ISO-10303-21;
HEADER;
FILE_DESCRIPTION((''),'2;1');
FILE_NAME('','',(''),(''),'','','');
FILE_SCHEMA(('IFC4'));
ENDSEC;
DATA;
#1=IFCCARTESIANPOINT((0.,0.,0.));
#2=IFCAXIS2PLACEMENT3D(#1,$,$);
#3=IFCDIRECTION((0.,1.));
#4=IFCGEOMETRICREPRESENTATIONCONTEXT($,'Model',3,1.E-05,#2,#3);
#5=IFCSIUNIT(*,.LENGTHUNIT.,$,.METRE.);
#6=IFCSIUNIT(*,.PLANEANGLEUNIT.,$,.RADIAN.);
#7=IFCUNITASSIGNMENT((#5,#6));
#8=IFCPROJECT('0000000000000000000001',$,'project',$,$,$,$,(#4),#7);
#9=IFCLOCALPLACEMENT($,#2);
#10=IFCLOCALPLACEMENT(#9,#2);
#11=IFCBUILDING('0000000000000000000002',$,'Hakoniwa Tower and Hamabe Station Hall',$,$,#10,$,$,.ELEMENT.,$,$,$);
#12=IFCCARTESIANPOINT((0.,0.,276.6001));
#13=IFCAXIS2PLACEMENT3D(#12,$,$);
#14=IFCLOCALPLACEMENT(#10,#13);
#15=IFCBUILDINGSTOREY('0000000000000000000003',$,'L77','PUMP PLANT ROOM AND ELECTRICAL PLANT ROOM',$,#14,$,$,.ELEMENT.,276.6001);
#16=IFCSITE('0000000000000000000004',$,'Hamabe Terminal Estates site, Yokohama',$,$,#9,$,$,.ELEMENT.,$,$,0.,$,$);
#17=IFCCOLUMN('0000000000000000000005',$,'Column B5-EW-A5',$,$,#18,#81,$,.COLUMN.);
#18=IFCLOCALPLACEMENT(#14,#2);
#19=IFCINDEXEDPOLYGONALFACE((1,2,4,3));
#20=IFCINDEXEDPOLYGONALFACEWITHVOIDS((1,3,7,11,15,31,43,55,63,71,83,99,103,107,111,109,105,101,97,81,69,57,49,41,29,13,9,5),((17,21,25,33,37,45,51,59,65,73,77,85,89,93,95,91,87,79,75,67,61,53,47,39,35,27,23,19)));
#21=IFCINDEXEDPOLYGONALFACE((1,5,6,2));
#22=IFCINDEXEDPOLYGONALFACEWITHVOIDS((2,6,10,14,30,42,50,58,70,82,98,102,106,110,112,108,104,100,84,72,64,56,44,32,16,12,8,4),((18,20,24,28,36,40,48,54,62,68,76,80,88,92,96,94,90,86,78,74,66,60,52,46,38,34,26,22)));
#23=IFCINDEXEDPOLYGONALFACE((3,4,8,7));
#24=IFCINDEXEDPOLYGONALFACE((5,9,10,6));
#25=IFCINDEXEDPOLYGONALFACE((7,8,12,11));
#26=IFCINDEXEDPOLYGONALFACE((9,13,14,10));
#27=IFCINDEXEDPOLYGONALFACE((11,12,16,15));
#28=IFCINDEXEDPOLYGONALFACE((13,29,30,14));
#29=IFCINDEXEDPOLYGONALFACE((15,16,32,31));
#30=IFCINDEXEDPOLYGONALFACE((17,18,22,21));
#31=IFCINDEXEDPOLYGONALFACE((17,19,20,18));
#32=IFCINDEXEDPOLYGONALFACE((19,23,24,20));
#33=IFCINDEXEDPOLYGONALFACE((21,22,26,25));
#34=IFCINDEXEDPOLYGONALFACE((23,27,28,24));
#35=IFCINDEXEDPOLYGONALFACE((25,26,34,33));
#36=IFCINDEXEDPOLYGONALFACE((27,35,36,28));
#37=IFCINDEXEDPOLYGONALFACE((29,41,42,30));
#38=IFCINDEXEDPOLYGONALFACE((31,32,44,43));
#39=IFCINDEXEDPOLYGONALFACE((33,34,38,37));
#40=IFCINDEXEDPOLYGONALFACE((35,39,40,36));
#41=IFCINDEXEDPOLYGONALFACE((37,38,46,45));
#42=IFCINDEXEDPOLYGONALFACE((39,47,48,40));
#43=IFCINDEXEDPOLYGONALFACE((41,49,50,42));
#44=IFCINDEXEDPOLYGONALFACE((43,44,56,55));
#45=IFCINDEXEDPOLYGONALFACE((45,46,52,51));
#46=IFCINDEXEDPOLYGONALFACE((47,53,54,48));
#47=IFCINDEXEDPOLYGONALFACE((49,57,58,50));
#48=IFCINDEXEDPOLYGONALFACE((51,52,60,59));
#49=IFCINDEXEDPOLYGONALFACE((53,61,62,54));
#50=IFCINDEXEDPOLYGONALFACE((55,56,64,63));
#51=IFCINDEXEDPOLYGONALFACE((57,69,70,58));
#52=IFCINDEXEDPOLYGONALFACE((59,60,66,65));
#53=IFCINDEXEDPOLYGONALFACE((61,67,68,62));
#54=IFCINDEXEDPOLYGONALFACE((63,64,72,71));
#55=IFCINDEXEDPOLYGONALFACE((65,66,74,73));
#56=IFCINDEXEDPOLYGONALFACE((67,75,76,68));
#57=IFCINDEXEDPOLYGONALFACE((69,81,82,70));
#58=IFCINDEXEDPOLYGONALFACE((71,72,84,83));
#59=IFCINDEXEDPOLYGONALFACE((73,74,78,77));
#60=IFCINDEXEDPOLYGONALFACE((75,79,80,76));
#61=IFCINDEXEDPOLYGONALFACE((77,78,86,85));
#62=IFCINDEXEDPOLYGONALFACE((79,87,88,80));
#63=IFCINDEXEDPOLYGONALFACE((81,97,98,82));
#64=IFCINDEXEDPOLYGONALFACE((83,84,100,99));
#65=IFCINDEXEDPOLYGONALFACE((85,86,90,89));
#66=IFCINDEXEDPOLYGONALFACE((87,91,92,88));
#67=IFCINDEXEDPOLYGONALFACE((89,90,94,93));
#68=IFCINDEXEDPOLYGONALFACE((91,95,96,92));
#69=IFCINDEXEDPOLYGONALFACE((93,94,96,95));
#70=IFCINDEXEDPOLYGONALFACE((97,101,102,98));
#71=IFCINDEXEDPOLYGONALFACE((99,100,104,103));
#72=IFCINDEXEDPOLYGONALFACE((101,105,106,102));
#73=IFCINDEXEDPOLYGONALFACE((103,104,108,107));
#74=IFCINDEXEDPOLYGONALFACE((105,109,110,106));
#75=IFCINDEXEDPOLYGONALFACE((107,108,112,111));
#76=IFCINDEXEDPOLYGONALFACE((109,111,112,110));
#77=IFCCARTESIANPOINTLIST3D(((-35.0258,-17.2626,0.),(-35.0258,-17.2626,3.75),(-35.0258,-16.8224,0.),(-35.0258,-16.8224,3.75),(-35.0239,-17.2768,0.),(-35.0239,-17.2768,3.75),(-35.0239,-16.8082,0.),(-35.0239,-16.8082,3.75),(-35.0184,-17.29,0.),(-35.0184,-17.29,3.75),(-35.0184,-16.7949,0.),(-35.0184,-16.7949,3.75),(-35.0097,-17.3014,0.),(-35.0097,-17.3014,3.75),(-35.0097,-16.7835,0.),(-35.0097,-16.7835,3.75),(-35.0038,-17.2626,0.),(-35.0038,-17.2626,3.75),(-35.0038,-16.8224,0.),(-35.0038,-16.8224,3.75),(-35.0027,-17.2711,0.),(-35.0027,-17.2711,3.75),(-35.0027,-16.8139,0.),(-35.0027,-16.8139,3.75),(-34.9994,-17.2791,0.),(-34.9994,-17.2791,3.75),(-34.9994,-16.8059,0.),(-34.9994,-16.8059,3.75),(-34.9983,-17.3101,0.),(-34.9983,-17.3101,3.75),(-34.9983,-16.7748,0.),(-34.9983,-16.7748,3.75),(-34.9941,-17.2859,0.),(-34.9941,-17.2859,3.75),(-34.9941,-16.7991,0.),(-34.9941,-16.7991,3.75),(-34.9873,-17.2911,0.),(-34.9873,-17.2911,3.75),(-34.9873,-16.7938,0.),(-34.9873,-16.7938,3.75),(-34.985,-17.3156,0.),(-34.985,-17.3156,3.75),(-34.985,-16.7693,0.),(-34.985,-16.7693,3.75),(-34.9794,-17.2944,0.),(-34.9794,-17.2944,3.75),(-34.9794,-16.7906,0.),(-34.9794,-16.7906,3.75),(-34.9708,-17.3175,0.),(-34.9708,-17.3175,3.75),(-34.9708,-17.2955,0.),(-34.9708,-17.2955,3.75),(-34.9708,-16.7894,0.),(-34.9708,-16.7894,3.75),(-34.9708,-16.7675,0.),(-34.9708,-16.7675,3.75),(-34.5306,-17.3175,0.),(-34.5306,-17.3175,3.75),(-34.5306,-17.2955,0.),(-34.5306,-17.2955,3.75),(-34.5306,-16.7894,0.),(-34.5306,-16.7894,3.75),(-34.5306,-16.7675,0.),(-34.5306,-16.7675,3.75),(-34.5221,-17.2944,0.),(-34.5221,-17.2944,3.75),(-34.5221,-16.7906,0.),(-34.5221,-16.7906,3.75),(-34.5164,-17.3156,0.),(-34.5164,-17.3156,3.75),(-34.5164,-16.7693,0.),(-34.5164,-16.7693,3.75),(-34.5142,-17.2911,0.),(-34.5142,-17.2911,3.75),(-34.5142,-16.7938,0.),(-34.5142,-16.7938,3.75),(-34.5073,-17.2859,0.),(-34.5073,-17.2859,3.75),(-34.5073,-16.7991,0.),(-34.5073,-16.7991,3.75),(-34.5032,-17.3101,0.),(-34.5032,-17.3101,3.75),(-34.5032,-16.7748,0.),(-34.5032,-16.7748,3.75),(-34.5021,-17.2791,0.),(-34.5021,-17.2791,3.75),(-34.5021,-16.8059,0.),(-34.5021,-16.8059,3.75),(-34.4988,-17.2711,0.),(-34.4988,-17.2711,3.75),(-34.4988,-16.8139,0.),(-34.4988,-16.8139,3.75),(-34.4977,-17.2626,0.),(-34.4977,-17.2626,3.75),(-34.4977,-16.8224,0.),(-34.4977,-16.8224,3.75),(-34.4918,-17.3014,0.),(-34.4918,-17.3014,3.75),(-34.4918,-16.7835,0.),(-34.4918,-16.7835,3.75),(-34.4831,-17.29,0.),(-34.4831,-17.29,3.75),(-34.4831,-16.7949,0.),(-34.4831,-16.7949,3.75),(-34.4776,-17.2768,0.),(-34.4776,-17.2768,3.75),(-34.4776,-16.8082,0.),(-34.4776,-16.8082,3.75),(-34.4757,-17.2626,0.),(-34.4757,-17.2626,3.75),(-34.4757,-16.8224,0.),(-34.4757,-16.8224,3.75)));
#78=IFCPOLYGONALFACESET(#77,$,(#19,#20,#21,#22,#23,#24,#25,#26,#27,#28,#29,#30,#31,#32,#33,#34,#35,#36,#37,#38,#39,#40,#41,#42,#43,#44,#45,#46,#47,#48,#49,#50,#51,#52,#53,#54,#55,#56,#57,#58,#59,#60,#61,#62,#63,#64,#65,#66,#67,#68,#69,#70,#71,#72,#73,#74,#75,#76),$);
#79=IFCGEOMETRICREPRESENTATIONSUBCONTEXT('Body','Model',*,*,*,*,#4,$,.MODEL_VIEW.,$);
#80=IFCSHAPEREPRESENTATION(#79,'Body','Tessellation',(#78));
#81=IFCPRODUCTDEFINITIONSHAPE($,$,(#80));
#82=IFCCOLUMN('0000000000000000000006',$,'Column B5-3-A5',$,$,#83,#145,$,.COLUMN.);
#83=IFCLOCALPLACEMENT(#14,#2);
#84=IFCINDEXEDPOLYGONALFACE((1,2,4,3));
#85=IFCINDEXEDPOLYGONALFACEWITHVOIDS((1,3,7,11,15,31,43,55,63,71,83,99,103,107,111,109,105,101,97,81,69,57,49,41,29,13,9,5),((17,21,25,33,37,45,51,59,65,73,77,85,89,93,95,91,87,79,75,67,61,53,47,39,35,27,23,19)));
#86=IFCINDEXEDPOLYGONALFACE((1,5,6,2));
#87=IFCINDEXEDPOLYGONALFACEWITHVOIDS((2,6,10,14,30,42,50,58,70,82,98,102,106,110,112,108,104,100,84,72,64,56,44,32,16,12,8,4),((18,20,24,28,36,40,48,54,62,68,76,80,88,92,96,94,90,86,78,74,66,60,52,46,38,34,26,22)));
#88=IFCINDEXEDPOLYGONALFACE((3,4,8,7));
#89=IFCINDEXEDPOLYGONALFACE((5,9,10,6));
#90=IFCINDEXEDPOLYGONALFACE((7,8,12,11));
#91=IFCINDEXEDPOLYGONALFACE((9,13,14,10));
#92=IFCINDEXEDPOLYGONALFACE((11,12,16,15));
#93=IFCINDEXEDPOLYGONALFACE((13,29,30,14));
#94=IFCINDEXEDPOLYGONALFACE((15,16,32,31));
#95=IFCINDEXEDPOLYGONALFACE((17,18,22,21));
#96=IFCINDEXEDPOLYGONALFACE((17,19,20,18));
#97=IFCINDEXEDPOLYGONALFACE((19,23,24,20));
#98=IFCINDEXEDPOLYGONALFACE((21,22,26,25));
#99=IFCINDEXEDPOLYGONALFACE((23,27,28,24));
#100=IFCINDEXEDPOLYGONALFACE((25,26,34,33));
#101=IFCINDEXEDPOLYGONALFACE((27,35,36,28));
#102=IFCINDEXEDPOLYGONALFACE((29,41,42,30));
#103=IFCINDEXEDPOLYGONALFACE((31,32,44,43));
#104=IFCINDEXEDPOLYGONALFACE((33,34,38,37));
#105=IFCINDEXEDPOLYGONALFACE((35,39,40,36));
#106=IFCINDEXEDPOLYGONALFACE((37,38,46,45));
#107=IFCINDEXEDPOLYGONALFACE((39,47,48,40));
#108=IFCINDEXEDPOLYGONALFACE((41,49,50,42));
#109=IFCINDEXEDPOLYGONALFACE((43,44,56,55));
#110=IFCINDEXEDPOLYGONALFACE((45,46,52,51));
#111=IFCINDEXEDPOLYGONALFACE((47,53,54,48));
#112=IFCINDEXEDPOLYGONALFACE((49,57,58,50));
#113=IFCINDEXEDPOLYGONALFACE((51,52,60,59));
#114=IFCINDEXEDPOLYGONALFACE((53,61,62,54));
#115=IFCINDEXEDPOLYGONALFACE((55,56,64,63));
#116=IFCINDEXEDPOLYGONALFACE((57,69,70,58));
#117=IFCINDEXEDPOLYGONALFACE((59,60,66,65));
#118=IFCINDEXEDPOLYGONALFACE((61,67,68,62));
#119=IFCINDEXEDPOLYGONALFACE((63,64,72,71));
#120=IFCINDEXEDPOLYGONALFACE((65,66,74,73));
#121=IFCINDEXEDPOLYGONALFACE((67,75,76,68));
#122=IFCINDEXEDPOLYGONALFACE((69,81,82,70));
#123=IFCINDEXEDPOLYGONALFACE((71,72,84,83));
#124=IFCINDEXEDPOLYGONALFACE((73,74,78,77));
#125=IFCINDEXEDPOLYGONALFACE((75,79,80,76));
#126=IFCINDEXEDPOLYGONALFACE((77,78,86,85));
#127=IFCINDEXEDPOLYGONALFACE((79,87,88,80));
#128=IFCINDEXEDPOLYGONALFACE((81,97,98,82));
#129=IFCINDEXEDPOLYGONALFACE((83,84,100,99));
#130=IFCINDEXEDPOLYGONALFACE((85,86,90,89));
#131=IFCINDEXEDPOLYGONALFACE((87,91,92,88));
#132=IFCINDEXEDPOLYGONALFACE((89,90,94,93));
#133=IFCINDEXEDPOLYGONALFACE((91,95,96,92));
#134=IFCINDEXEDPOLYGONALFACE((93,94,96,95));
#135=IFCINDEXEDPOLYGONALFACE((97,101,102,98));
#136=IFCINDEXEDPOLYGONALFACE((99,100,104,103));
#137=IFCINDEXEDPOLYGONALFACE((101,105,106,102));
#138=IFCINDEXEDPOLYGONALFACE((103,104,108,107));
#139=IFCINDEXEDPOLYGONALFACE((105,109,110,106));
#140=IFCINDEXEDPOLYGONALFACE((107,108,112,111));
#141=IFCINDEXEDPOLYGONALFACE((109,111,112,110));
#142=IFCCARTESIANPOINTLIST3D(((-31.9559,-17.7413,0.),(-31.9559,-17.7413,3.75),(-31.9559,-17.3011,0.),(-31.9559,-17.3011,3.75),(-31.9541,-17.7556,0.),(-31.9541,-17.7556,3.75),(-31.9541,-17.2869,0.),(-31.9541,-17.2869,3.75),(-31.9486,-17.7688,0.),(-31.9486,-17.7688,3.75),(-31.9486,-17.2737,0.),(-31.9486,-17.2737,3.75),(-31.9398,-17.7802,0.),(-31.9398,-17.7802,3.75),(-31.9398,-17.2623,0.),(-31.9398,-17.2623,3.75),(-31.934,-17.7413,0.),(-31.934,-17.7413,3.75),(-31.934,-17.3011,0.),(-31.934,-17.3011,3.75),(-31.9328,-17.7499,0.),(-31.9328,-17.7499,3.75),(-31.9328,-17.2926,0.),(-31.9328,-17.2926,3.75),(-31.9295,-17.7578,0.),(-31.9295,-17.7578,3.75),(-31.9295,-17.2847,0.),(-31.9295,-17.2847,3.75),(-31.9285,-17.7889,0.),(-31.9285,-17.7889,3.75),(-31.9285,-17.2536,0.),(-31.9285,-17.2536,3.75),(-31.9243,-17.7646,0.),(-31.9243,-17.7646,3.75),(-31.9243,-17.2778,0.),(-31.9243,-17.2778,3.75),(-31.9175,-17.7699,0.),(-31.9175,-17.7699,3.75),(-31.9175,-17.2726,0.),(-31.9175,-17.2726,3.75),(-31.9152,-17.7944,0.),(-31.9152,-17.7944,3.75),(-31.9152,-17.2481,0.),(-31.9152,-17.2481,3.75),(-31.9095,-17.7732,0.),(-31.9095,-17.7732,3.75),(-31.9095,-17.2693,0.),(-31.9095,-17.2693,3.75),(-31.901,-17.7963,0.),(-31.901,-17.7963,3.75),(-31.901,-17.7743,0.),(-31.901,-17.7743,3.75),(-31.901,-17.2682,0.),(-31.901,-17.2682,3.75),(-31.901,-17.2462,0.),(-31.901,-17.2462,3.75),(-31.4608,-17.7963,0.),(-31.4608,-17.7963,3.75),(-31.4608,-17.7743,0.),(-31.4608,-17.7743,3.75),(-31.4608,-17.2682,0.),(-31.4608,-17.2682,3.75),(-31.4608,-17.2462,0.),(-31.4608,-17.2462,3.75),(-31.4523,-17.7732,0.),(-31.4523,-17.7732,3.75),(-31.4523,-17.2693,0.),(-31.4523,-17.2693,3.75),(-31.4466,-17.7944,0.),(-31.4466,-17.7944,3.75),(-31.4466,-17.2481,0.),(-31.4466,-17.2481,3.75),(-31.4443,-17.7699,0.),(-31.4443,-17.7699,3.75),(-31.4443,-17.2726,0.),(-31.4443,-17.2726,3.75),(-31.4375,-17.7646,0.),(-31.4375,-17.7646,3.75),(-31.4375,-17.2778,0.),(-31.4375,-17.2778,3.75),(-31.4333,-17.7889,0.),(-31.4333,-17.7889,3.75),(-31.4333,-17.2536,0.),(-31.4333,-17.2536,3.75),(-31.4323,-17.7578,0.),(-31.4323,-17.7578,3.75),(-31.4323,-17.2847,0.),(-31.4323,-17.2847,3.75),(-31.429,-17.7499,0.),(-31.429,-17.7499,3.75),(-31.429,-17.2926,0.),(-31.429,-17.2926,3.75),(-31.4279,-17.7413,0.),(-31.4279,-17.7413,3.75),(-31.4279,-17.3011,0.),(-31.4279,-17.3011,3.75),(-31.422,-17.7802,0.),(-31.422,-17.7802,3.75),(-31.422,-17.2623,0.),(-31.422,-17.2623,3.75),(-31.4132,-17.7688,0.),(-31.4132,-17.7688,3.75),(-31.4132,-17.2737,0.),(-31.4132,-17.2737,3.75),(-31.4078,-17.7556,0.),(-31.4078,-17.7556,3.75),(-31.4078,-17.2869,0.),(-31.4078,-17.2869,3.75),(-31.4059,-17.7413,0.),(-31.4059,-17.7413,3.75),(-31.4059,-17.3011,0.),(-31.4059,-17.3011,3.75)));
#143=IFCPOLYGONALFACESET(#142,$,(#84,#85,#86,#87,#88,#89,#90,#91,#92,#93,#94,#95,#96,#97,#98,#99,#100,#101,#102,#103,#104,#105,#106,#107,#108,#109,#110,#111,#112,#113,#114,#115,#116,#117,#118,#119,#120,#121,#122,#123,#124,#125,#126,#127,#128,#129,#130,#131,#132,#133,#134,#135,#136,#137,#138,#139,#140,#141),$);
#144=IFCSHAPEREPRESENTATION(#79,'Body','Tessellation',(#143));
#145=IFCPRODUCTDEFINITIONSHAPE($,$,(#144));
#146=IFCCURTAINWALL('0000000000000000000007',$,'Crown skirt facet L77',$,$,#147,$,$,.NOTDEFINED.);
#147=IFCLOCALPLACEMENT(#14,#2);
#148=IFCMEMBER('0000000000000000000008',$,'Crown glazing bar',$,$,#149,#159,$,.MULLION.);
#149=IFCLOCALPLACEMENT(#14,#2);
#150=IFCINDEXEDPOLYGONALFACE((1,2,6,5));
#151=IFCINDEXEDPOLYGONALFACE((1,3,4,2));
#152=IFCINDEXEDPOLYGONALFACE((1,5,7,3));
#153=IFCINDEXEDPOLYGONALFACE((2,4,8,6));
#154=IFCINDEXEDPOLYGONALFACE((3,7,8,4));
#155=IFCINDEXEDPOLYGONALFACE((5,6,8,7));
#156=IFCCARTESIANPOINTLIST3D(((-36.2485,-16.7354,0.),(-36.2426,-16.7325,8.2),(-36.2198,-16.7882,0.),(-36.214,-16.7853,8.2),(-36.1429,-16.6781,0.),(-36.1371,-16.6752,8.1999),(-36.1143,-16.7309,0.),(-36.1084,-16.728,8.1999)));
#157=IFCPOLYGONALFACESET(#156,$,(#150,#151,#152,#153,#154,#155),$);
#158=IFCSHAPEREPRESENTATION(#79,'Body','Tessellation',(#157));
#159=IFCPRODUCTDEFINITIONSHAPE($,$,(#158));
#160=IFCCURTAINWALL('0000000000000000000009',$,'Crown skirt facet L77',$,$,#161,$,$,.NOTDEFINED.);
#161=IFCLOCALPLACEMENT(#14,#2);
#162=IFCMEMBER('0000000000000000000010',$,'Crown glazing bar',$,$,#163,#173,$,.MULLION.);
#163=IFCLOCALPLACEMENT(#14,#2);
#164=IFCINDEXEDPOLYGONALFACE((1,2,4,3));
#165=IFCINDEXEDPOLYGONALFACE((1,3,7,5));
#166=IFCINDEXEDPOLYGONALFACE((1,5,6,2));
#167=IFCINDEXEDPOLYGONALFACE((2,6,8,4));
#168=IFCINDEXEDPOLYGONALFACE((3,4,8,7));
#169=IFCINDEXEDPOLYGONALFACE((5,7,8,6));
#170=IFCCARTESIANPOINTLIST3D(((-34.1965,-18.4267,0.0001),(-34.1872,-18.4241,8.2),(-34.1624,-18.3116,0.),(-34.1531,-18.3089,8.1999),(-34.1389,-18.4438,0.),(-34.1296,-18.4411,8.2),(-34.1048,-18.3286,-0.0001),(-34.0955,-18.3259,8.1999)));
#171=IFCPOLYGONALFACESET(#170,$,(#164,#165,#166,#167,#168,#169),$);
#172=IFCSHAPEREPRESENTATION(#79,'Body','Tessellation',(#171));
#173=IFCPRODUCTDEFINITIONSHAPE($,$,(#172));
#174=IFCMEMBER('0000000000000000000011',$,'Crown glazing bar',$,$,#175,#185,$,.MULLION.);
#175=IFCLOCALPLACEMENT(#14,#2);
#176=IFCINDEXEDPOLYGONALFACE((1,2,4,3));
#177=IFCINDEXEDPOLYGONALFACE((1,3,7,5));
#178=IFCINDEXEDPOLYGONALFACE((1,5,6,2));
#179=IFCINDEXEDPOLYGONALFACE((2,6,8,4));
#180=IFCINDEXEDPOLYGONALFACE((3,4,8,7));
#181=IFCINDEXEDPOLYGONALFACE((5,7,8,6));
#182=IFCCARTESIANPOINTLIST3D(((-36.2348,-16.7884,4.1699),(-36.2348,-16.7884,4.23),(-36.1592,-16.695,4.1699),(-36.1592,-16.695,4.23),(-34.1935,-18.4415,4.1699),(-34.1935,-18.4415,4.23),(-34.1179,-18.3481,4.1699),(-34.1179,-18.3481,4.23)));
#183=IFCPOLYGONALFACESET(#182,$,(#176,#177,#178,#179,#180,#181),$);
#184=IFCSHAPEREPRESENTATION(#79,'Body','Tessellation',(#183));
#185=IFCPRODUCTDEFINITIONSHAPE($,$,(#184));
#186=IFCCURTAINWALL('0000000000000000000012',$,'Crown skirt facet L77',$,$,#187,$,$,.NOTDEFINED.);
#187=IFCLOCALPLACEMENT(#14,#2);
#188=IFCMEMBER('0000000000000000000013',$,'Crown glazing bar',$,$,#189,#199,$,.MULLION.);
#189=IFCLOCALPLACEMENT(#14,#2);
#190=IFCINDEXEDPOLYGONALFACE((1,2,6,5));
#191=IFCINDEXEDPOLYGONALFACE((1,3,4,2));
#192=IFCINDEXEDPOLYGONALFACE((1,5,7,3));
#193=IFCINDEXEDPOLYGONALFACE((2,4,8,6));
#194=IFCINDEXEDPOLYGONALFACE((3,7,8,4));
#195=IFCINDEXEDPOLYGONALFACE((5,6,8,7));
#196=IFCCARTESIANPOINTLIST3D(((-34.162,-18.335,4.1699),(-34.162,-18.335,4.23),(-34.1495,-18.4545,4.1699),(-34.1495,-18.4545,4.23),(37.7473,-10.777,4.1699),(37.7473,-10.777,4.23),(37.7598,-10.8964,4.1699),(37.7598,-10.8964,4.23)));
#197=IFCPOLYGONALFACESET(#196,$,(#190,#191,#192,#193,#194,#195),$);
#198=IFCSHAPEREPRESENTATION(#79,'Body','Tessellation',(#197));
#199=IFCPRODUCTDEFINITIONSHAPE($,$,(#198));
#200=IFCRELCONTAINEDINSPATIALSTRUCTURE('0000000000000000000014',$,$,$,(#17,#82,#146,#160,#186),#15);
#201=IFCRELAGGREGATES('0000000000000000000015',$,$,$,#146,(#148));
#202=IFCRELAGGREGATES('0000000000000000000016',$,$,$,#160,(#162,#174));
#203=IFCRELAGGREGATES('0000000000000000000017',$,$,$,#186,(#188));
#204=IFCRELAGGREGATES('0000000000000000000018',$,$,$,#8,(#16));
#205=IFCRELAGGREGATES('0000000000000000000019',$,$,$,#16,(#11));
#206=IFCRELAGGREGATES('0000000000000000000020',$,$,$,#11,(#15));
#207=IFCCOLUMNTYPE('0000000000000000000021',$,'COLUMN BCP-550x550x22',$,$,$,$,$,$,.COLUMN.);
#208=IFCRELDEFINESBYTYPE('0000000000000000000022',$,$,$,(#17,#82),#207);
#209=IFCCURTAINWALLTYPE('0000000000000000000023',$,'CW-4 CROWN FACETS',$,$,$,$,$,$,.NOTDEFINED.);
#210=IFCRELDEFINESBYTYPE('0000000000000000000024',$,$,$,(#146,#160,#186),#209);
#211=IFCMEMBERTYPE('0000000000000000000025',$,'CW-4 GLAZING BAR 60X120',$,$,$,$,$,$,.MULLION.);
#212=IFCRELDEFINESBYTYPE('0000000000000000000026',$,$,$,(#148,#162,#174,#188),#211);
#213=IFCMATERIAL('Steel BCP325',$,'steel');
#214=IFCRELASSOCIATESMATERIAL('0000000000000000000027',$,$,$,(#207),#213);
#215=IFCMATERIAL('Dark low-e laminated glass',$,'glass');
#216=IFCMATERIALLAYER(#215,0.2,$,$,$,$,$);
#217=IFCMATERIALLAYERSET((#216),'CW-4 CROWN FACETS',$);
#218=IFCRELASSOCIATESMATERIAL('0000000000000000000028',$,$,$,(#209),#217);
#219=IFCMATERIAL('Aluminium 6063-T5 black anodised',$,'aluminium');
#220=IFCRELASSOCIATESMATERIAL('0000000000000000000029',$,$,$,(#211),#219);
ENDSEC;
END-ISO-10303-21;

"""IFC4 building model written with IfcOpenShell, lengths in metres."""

from ifc_helpers import new_model, si_unit, direction, frame, origin, origin_2d, place, context, subcontext, project, spatial, rectangle, hollow_rectangle, extrude, material, layer, layer_set, material_profile, profile_set, type_object, element, aggregate, save


model = new_model("IFC4")

# Units and contexts
model_context = context("Model", 3, precision=1e-05, world=origin(), true_north=direction((0.0, 1.0)))
body_context = subcontext(model_context, "Body", "Model", "MODEL_VIEW")
ifc_project = project(units=[si_unit("LENGTHUNIT", "METRE"), si_unit("PLANEANGLEUNIT", "RADIAN")], contexts=[model_context])

# Site, building, storey
site_placement = place(None, origin())
site = spatial("IfcSite", under=ifc_project, at=site_placement, Name="Hamabe Terminal Estates site, Yokohama", CompositionType="ELEMENT", RefElevation=0.0)
building_placement = place(site_placement, origin())
building = spatial("IfcBuilding", under=site, at=building_placement, Name="Hakoniwa Tower and Hamabe Station Hall", CompositionType="ELEMENT")
storey_placement = place(building_placement, frame((0.0, 0.0, 276.6001)))
storey = spatial("IfcBuildingStorey", under=building, at=storey_placement, Name="L77", Description="PUMP PLANT ROOM AND ELECTRICAL PLANT ROOM", CompositionType="ELEMENT", Elevation=276.6001)

# Columns
ifc_material_1 = material(Name="Steel BCP325", Category="steel")
ifc_material_profile_1 = material_profile(ifc_material_1, hollow_rectangle(XDim=0.55, YDim=0.55, WallThickness=0.022, InnerFilletRadius=0.033, OuterFilletRadius=0.0549, at=origin_2d()), Name="BCP-550x550x22")
ifc_profile_set_1 = profile_set([ifc_material_profile_1], Name="Steel BCP325")
column_type = type_object("IfcColumnType", Name="COLUMN BCP-550x550x22", PredefinedType="COLUMN", material=ifc_profile_set_1)
for number, where, z_axis, x_axis, name in (
    (1, (-34.7507, -17.0425, 0.0), (0.0, 0.0, 1.0), (1.0, 0.0, 0.0), "Column B5-EW-A5"),
    (2, (-31.6809, -17.5212, 0.0), (0.0, 0.0, 1.0), (1.0, 0.0, 0.0), "Column B5-3-A5"),
):
    element("IfcColumn", number, at=place(storey_placement, frame(where, z_axis=z_axis, x_axis=x_axis)), inside=storey, type_object=column_type, Name=name, PredefinedType="COLUMN", context=body_context, shape_type="SweptSolid", body=[
        extrude(hollow_rectangle(XDim=0.55, YDim=0.55, WallThickness=0.022, InnerFilletRadius=0.033, OuterFilletRadius=0.0549, at=origin_2d()), origin(), (0.0, 0.0, 1.0), 3.75),
    ])

# Curtain wall, member
ifc_material_2 = material(Name="Dark low-e laminated glass", Category="glass")
ifc_layer_1 = layer(ifc_material_2, 0.2)
ifc_layer_set_1 = layer_set([ifc_layer_1], Name="CW-4 CROWN FACETS")
curtain_wall_type = type_object("IfcCurtainWallType", Name="CW-4 CROWN FACETS", PredefinedType="NOTDEFINED", material=ifc_layer_set_1)
curtain_wall_1_placement = place(storey_placement, origin())
curtain_wall_1 = element("IfcCurtainWall", 3, at=curtain_wall_1_placement, inside=storey, type_object=curtain_wall_type, Name="Crown skirt facet L77", PredefinedType="NOTDEFINED")
ifc_material_3 = material(Name="Aluminium 6063-T5 black anodised", Category="aluminium")
ifc_material_profile_2 = material_profile(ifc_material_3, rectangle(XDim=0.0601, YDim=0.1201, at=origin_2d()), Name="CW-4 GLAZING BAR 60X120")
ifc_profile_set_2 = profile_set([ifc_material_profile_2], Name="Aluminium 6063-T5 black anodised")
member_type = type_object("IfcMemberType", Name="CW-4 GLAZING BAR 60X120", PredefinedType="MULLION", material=ifc_profile_set_2)
member_1_placement = place(storey_placement, frame((-36.1814, -16.7332, 0.0), z_axis=(0.000715, 0.000357, 1.0), x_axis=(-0.477159, 0.878817, -0.000314)))
member_1 = element("IfcMember", 4, at=member_1_placement, type_object=member_type, Name="Crown glazing bar", PredefinedType="MULLION", context=body_context, shape_type="SweptSolid", body=[
    extrude(rectangle(XDim=0.0601, YDim=0.1201, at=origin_2d()), origin(), (0.0, 0.0, 1.0), 8.2),
])
aggregate(curtain_wall_1, [member_1])

# Curtain wall, members
curtain_wall_2_placement = place(storey_placement, origin())
curtain_wall_2 = element("IfcCurtainWall", 5, at=curtain_wall_2_placement, inside=storey, type_object=curtain_wall_type, Name="Crown skirt facet L77", PredefinedType="NOTDEFINED")
member_2_placement = place(storey_placement, frame((-34.1506, -18.3777, 0.0), z_axis=(0.001131, 0.000328, 0.999999), x_axis=(-0.95882, 0.284015, -0.000093)))
member_2 = element("IfcMember", 6, at=member_2_placement, type_object=member_type, Name="Crown glazing bar", PredefinedType="MULLION", context=body_context, shape_type="SweptSolid", body=[
    extrude(rectangle(XDim=0.0601, YDim=0.1201, at=origin_2d()), origin(), (0.0, 0.0, 1.0), 8.2),
])
member_3_placement = place(storey_placement, frame((-36.197, -16.7417, 4.2), z_axis=(0.777128, -0.629343, 0.0), x_axis=(0.0, 0.0, 1.0)))
member_3 = element("IfcMember", 7, at=member_3_placement, type_object=member_type, Name="Crown glazing bar", PredefinedType="MULLION", context=body_context, shape_type="SweptSolid", body=[
    extrude(rectangle(XDim=0.0601, YDim=0.1201, at=origin_2d()), origin(), (0.0, 0.0, 1.0), 2.6267),
])

# Curtain wall, member
curtain_wall_3_placement = place(storey_placement, origin())
curtain_wall_3 = element("IfcCurtainWall", 8, at=curtain_wall_3_placement, inside=storey, type_object=curtain_wall_type, Name="Crown skirt facet L77", PredefinedType="NOTDEFINED")
member_4_placement = place(storey_placement, frame((-34.1558, -18.3948, 4.2), z_axis=(0.994522, 0.10453, 0.0), x_axis=(0.0, 0.0, 1.0)))
member_4 = element("IfcMember", 9, at=member_4_placement, type_object=member_type, Name="Crown glazing bar", PredefinedType="MULLION", context=body_context, shape_type="SweptSolid", body=[
    extrude(rectangle(XDim=0.0601, YDim=0.1201, at=origin_2d()), origin(), (0.0, 0.0, 1.0), 72.3054),
])

aggregate(curtain_wall_2, [member_2, member_3])
aggregate(curtain_wall_3, [member_4])

save(model, "model.ifc")
